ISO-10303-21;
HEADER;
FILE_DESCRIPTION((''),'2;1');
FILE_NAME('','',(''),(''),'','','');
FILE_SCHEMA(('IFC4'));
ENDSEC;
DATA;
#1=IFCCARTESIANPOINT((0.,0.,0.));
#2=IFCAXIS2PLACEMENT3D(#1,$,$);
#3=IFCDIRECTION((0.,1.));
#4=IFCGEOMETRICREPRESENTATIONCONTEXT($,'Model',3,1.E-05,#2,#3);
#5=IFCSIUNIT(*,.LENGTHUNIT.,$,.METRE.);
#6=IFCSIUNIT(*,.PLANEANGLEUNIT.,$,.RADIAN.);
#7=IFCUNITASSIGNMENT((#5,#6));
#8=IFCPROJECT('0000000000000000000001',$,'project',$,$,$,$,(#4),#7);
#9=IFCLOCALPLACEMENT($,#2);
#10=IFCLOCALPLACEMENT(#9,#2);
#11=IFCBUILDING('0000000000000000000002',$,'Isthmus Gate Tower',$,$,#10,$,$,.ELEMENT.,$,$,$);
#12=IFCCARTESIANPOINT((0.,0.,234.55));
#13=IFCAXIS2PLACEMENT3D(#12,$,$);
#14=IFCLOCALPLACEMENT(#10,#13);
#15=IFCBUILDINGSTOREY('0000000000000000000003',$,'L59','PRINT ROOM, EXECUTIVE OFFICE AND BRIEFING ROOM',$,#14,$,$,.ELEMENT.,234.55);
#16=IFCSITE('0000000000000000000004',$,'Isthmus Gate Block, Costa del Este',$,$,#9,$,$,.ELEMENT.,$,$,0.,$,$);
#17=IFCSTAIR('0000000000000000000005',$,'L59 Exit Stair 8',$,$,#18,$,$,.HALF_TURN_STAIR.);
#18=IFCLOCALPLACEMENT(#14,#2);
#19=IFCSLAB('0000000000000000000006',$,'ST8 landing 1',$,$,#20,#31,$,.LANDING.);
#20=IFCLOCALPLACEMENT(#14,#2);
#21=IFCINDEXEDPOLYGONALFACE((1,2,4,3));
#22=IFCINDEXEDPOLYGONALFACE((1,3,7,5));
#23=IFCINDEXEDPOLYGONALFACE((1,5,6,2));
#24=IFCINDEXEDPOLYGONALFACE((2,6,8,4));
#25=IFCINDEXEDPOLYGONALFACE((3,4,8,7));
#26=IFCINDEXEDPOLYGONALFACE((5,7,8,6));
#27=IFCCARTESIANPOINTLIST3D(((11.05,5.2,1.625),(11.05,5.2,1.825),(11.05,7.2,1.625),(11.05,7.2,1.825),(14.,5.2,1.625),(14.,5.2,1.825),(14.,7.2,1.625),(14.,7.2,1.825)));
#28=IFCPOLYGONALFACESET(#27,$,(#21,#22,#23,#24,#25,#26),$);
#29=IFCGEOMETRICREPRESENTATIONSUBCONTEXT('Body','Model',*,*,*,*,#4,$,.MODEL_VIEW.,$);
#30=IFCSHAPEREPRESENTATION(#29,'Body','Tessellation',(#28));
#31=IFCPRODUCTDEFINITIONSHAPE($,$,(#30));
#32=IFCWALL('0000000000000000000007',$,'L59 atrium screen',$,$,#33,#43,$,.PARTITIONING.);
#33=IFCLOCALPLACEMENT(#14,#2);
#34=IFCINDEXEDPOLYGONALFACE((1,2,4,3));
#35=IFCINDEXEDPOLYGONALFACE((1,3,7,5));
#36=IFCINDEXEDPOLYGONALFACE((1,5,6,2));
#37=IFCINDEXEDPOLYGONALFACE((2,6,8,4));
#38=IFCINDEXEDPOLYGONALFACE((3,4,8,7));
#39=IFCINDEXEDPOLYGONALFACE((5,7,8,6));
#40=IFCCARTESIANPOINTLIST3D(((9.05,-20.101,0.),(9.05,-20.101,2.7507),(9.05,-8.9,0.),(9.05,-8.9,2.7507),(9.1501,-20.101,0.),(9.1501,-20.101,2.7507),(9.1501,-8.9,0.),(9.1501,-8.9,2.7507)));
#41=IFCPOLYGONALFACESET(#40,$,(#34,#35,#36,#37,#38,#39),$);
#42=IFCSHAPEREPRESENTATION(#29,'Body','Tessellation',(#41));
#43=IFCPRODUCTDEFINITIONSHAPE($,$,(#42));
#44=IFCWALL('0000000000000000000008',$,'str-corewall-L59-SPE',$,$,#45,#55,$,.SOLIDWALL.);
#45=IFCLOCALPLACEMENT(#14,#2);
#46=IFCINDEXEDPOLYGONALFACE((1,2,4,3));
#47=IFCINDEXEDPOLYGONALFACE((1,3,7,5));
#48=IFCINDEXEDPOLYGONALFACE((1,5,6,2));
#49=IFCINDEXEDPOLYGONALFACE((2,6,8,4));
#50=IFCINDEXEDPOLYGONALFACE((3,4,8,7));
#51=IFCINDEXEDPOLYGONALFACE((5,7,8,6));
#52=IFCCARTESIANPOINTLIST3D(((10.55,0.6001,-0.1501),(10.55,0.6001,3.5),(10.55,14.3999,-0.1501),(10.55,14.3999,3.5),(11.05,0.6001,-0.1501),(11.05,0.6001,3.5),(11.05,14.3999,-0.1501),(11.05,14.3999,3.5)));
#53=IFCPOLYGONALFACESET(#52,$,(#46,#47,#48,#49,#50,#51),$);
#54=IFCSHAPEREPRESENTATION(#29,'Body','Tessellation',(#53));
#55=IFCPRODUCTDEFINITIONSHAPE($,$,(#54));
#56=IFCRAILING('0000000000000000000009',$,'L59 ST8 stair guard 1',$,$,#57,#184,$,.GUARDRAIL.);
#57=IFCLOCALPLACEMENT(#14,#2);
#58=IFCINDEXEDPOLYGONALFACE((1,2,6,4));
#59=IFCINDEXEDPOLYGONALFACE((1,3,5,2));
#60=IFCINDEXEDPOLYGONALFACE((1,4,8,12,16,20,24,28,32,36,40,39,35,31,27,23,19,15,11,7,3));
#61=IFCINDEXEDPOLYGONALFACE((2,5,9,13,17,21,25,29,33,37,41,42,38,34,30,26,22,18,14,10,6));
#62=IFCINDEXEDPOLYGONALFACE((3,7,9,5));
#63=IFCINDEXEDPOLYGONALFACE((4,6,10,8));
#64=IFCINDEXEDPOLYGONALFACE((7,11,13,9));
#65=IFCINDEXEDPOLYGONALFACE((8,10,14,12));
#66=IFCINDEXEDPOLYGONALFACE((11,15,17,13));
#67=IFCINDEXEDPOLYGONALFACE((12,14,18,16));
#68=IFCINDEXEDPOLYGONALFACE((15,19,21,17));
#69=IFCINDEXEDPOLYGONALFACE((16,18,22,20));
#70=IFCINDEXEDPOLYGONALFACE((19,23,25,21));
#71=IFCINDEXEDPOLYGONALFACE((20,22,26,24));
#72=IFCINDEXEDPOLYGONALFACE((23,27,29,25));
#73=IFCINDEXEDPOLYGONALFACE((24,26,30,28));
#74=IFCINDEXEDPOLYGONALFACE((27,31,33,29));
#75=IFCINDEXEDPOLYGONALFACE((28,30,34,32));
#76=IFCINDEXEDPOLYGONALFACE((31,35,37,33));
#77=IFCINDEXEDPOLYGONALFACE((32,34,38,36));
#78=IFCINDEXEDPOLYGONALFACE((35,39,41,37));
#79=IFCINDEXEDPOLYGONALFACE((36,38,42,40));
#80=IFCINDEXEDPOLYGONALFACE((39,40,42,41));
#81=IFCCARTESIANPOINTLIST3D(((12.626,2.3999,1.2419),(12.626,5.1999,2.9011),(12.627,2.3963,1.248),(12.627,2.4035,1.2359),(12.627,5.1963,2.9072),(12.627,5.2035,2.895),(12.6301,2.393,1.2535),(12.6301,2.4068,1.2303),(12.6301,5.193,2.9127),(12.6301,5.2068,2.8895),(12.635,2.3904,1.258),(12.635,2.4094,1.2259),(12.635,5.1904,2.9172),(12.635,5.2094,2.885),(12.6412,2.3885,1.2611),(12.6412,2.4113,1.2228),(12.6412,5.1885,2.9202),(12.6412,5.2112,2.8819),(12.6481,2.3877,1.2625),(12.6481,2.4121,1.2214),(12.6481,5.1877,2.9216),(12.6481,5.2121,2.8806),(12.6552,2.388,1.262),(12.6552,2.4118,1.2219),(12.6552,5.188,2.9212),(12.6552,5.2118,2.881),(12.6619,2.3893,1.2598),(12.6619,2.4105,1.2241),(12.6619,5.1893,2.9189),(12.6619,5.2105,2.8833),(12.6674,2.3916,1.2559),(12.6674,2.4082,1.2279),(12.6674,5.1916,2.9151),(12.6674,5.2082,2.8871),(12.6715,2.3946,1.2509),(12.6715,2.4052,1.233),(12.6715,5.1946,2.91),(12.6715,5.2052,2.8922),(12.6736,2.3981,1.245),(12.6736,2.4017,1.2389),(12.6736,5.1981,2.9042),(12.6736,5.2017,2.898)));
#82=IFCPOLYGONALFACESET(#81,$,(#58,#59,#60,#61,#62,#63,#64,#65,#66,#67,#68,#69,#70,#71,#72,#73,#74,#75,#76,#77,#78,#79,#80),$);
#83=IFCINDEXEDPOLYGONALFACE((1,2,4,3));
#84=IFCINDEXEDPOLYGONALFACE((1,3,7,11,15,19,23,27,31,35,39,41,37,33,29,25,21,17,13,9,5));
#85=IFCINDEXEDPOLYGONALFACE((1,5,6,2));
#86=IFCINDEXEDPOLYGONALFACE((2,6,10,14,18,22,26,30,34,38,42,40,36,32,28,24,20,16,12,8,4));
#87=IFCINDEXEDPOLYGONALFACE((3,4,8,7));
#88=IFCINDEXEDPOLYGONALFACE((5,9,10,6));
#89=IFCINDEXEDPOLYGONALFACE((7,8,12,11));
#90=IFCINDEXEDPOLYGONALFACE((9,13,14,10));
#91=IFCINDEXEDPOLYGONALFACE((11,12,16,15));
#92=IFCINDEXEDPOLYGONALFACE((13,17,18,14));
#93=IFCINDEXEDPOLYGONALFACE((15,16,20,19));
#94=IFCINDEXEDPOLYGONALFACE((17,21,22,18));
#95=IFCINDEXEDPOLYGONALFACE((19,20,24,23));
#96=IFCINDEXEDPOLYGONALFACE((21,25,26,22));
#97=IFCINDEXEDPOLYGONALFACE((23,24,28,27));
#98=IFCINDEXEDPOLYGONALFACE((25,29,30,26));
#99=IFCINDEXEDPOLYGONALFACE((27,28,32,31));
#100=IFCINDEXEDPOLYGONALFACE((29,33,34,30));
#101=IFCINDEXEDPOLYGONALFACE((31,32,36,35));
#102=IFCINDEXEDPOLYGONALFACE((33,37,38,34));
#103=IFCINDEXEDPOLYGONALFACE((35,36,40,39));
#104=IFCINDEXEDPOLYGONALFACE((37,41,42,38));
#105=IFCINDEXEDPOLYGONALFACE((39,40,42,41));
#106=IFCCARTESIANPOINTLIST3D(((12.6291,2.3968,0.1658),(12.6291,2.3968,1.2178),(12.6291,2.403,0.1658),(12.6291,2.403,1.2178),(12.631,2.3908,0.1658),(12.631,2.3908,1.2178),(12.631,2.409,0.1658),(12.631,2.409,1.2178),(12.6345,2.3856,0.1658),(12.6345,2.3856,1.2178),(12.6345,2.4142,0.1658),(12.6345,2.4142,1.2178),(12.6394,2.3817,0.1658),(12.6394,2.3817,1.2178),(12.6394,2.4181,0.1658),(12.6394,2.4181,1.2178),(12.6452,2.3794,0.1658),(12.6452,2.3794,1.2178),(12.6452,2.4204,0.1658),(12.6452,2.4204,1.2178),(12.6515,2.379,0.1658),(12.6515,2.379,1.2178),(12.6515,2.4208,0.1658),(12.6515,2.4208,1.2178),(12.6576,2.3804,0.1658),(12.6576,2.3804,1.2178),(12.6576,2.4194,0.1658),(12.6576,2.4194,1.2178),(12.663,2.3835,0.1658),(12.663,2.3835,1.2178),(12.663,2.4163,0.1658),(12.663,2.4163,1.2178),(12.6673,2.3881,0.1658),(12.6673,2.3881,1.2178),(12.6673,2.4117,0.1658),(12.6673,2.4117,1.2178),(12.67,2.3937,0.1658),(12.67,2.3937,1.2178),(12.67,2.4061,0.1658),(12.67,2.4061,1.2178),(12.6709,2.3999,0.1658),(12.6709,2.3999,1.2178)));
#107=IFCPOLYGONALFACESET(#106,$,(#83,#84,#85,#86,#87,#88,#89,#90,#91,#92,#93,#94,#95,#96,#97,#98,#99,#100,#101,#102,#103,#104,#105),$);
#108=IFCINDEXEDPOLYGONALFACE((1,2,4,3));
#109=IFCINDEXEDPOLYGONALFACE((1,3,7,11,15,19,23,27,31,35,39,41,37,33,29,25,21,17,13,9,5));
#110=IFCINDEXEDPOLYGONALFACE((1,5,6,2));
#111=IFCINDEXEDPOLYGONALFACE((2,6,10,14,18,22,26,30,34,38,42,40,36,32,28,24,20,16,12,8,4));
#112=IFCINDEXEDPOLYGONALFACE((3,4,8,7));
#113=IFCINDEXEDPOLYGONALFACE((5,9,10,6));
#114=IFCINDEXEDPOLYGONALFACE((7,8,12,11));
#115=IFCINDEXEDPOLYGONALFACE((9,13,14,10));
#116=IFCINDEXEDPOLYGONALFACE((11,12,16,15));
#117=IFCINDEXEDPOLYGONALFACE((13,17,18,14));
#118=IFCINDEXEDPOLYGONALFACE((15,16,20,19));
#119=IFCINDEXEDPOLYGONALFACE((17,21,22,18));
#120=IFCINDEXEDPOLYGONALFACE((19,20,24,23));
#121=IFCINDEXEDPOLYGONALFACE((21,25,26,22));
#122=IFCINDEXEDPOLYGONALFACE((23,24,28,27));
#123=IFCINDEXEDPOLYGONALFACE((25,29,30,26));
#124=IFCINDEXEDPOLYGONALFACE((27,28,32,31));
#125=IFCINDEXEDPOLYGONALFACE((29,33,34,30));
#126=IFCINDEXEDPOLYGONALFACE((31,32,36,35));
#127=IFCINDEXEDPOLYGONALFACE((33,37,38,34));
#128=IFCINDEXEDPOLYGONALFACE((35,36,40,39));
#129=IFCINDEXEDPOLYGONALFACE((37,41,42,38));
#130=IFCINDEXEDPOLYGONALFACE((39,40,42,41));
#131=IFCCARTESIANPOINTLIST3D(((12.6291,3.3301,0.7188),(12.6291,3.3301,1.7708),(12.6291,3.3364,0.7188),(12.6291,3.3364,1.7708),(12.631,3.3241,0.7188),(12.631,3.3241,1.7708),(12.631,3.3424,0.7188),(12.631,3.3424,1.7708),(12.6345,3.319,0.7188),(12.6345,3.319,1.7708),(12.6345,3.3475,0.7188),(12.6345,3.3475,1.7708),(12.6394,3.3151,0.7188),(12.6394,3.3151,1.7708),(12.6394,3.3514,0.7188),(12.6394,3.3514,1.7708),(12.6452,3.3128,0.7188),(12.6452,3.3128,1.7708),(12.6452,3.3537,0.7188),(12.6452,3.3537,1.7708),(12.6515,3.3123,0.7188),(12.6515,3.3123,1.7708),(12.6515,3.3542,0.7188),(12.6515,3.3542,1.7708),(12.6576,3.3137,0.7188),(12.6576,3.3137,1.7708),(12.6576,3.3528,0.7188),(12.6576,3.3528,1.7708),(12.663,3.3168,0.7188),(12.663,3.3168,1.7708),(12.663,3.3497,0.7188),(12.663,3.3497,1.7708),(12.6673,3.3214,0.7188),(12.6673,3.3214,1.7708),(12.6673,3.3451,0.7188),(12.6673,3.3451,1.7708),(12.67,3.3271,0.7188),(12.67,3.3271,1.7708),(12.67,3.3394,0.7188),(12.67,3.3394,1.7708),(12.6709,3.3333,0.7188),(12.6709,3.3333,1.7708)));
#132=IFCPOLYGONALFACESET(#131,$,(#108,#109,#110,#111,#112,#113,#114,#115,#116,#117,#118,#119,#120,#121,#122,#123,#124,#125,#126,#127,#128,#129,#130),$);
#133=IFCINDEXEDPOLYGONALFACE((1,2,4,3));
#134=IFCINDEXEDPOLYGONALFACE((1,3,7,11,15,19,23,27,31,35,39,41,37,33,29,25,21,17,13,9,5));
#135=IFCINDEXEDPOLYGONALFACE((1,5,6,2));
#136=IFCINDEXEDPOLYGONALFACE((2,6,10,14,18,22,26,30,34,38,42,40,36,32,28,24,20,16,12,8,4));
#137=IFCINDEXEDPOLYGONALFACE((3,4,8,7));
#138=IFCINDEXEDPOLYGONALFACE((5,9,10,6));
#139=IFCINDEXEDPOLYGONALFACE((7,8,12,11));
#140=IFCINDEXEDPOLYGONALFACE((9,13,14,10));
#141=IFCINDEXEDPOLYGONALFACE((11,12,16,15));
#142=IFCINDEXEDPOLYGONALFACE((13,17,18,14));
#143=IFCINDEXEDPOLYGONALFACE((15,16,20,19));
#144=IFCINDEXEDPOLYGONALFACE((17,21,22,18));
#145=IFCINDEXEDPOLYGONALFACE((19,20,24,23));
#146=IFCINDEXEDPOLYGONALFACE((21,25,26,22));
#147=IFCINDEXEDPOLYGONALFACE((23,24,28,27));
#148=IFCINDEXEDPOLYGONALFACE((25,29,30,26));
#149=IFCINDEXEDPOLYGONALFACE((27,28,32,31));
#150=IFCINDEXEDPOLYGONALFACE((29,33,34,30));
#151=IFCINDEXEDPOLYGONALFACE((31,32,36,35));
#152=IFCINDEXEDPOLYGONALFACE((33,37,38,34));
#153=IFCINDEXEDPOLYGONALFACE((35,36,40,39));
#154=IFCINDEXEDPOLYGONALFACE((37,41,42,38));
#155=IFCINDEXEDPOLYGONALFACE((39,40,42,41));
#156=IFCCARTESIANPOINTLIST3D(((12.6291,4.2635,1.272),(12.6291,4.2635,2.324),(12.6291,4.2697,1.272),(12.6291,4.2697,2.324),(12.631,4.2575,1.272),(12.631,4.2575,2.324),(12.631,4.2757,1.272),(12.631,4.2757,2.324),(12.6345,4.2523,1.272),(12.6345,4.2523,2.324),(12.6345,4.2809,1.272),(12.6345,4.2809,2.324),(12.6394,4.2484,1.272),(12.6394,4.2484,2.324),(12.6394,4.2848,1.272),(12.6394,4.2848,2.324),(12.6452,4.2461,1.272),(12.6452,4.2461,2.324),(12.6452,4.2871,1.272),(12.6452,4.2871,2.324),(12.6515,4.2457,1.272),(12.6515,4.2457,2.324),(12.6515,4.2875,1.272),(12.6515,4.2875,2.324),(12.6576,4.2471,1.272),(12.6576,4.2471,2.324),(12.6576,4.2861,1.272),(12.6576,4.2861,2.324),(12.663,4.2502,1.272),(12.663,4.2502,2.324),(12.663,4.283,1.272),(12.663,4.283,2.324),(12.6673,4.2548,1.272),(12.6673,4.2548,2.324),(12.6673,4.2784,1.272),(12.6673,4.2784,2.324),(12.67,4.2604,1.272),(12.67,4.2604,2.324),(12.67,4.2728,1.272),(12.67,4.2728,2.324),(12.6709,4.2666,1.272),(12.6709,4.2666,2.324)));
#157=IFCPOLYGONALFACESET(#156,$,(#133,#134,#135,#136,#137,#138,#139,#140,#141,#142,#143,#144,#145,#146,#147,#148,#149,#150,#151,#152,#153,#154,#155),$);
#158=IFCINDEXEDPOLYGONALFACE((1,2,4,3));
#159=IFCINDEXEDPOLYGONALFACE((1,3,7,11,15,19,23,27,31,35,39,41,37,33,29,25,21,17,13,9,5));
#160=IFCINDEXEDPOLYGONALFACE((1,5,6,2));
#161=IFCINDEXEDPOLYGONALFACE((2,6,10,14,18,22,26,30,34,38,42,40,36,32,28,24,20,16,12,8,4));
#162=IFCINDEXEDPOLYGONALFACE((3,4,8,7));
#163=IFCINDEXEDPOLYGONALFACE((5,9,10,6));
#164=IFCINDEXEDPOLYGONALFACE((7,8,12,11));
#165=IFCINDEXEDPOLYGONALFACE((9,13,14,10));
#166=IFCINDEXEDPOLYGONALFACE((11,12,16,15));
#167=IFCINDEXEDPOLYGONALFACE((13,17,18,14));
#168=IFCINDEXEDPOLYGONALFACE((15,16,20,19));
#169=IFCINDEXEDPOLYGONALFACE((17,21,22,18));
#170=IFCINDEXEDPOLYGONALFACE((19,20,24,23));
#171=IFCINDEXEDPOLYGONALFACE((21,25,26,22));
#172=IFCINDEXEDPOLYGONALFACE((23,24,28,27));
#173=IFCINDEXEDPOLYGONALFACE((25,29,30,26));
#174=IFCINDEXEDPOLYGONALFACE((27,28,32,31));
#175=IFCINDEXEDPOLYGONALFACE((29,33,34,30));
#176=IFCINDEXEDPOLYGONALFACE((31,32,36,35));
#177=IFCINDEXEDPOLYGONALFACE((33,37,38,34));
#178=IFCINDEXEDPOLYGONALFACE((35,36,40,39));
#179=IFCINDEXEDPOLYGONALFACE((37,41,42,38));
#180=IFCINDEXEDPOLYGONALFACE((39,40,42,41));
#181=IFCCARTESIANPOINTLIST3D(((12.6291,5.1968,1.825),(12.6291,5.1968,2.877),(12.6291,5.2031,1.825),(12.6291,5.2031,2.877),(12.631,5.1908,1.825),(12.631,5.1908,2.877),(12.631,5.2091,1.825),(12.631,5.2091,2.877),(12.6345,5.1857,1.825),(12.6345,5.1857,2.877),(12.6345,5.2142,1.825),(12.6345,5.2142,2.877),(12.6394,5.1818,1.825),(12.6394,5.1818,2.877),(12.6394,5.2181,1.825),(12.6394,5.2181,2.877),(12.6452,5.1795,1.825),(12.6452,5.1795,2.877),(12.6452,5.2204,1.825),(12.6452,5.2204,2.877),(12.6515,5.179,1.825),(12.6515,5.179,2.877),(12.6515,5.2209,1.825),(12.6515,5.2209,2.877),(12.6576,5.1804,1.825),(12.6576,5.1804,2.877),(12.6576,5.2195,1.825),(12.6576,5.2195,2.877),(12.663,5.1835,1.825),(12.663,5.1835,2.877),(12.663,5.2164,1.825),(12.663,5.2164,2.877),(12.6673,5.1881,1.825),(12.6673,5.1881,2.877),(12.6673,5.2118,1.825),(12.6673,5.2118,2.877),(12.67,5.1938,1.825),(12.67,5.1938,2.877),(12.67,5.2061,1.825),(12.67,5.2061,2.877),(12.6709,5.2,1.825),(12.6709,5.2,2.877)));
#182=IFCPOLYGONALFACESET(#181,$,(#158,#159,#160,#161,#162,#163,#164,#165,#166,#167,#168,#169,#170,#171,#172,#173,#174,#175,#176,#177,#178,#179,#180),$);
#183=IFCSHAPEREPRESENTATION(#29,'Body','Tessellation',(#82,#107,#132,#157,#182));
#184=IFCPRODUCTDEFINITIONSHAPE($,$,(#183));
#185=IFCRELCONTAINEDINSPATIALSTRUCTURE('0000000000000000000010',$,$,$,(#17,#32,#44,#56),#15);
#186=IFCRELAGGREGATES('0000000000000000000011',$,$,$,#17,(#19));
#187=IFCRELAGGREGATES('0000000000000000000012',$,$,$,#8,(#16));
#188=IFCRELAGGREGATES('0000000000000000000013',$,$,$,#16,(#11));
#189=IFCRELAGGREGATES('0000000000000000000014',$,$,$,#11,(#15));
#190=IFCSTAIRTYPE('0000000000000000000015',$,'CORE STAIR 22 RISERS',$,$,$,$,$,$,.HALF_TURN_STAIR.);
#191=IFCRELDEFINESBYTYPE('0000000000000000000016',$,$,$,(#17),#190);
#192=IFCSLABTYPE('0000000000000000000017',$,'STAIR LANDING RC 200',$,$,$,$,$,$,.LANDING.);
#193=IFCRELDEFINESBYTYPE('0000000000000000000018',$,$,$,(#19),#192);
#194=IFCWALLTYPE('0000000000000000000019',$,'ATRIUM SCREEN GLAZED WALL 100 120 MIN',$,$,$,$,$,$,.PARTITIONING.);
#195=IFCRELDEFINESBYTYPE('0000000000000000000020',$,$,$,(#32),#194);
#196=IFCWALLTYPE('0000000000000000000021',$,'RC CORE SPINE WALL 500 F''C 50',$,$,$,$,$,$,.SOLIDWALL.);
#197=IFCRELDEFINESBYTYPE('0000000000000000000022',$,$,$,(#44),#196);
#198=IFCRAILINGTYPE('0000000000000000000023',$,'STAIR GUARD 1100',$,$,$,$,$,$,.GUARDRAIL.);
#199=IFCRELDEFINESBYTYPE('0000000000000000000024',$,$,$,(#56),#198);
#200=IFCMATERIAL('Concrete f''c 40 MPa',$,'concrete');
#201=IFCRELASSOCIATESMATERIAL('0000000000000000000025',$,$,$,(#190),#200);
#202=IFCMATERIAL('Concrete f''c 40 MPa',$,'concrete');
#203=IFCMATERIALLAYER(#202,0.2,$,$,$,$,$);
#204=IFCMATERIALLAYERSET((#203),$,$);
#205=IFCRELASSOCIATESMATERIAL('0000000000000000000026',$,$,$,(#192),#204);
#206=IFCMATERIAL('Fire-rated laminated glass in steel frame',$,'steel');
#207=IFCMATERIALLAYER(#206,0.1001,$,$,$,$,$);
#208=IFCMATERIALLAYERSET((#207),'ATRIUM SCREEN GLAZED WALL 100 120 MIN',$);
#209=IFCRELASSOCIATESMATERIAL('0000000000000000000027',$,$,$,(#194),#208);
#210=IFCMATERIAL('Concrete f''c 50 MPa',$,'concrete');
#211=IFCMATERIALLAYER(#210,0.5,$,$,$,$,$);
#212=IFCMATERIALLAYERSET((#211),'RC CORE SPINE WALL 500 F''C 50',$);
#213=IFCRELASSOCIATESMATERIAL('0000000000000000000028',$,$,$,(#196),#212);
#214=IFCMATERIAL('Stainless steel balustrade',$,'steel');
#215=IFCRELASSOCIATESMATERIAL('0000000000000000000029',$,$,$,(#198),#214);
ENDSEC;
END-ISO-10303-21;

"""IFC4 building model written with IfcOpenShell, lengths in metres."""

from ifc_helpers import new_model, si_unit, direction, frame, frame_2d, origin, origin_2d, place, context, subcontext, project, spatial, polyline, rectangle, circle, outline, extrude, material, layer, layer_set, type_object, element, aggregate, save


model = new_model("IFC4")

# Units and contexts
model_context = context("Model", 3, precision=1e-05, world=origin(), true_north=direction((0.0, 1.0)))
body_context = subcontext(model_context, "Body", "Model", "MODEL_VIEW")
ifc_project = project(units=[si_unit("LENGTHUNIT", "METRE"), si_unit("PLANEANGLEUNIT", "RADIAN")], contexts=[model_context])

# Site, building, storey
site_placement = place(None, origin())
site = spatial("IfcSite", under=ifc_project, at=site_placement, Name="Isthmus Gate Block, Costa del Este", CompositionType="ELEMENT", RefElevation=0.0)
building_placement = place(site_placement, origin())
building = spatial("IfcBuilding", under=site, at=building_placement, Name="Isthmus Gate Tower", CompositionType="ELEMENT")
storey_placement = place(building_placement, frame((0.0, 0.0, 234.55)))
storey = spatial("IfcBuildingStorey", under=building, at=storey_placement, Name="L59", Description="PRINT ROOM, EXECUTIVE OFFICE AND BRIEFING ROOM", CompositionType="ELEMENT", Elevation=234.55)

# Stair, slab
ifc_material_1 = material(Name="Concrete f'c 40 MPa", Category="concrete")
stair_type = type_object("IfcStairType", Name="CORE STAIR 22 RISERS", PredefinedType="HALF_TURN_STAIR", material=ifc_material_1)
ifc_material_2 = material(Name="Concrete f'c 40 MPa", Category="concrete")
ifc_layer_1 = layer(ifc_material_2, 0.2)
ifc_layer_set_1 = layer_set([ifc_layer_1])
slab_type_1 = type_object("IfcSlabType", Name="STAIR LANDING RC 200", PredefinedType="LANDING", material=ifc_layer_set_1)
stair_1_placement = place(storey_placement, origin())
stair_1 = element("IfcStair", 1, at=stair_1_placement, inside=storey, type_object=stair_type, Name="L59 Exit Stair 8", PredefinedType="HALF_TURN_STAIR")
slab_1_placement = place(storey_placement, frame((0.0, 0.0, 1.625)))
slab_1 = element("IfcSlab", 2, at=slab_1_placement, type_object=slab_type_1, Name="ST8 landing 1", PredefinedType="LANDING", context=body_context, shape_type="SweptSolid", body=[
    extrude(outline(polyline([(14.0, 5.2), (14.0, 7.2), (11.05, 7.2), (11.05, 5.2), (14.0, 5.2)])), origin(), (0.0, 0.0, 1.0), 0.2),
])
aggregate(stair_1, [slab_1])

# Walls
ifc_material_3 = material(Name="Fire-rated laminated glass in steel frame", Category="steel")
ifc_layer_2 = layer(ifc_material_3, 0.1001)
ifc_layer_set_2 = layer_set([ifc_layer_2], Name="ATRIUM SCREEN GLAZED WALL 100 120 MIN")
wall_type_1 = type_object("IfcWallType", Name="ATRIUM SCREEN GLAZED WALL 100 120 MIN", PredefinedType="PARTITIONING", material=ifc_layer_set_2)
wall_1_placement = place(storey_placement, frame((9.1001, -8.8999, 0.0), z_axis=(0.0, 0.0, 1.0), x_axis=(0.0, -1.0, 0.0)))
element("IfcWall", 3, at=wall_1_placement, inside=storey, type_object=wall_type_1, Name="L59 atrium screen", PredefinedType="PARTITIONING", context=body_context, shape_type="SweptSolid", body=[
    extrude(rectangle(XDim=11.2009, YDim=0.1001, at=frame_2d((5.6006, 0.0))), origin(), (0.0, 0.0, 1.0), 2.7507),
])
ifc_material_4 = material(Name="Concrete f'c 50 MPa", Category="concrete")
ifc_layer_3 = layer(ifc_material_4, 0.5)
ifc_layer_set_3 = layer_set([ifc_layer_3], Name="RC CORE SPINE WALL 500 F'C 50")
wall_type_2 = type_object("IfcWallType", Name="RC CORE SPINE WALL 500 F'C 50", PredefinedType="SOLIDWALL", material=ifc_layer_set_3)
wall_2_placement = place(storey_placement, frame((10.8, 0.6001, -0.1501), z_axis=(0.0, 0.0, 1.0), x_axis=(0.0, 1.0, 0.0)))
element("IfcWall", 4, at=wall_2_placement, inside=storey, type_object=wall_type_2, Name="str-corewall-L59-SPE", PredefinedType="SOLIDWALL", context=body_context, shape_type="SweptSolid", body=[
    extrude(rectangle(XDim=13.7998, YDim=0.5, at=frame_2d((6.8999, 0.0))), origin(), (0.0, 0.0, 1.0), 3.6501),
])

# Railing
ifc_material_5 = material(Name="Stainless steel balustrade", Category="steel")
railing_type_1 = type_object("IfcRailingType", Name="STAIR GUARD 1100", PredefinedType="GUARDRAIL", material=ifc_material_5)
railing_1_placement = place(storey_placement, frame((12.6499, 2.3999, 0.1658)))
element("IfcRailing", 5, at=railing_1_placement, inside=storey, type_object=railing_type_1, Name="L59 ST8 stair guard 1", PredefinedType="GUARDRAIL", context=body_context, shape_type="SweptSolid", body=[
    extrude(circle(Radius=0.0239, at=origin_2d()), frame((0.0, 0.0, 1.0762), z_axis=(0.0, 0.860306, 0.509778), x_axis=(-1.0, 0.0, 0.0)), (0.0, 0.0, 1.0), 3.2546),
    extrude(circle(Radius=0.021, at=origin_2d()), origin(), (0.0, 0.0, 1.0), 1.052),
    extrude(circle(Radius=0.021, at=origin_2d()), frame((0.0, 0.9333, 0.553)), (0.0, 0.0, 1.0), 1.052),
    extrude(circle(Radius=0.021, at=origin_2d()), frame((0.0, 1.8667, 1.1062)), (0.0, 0.0, 1.0), 1.052),
    extrude(circle(Radius=0.021, at=origin_2d()), frame((0.0, 2.8, 1.6592)), (0.0, 0.0, 1.0), 1.052),
])

save(model, "model.ifc")
